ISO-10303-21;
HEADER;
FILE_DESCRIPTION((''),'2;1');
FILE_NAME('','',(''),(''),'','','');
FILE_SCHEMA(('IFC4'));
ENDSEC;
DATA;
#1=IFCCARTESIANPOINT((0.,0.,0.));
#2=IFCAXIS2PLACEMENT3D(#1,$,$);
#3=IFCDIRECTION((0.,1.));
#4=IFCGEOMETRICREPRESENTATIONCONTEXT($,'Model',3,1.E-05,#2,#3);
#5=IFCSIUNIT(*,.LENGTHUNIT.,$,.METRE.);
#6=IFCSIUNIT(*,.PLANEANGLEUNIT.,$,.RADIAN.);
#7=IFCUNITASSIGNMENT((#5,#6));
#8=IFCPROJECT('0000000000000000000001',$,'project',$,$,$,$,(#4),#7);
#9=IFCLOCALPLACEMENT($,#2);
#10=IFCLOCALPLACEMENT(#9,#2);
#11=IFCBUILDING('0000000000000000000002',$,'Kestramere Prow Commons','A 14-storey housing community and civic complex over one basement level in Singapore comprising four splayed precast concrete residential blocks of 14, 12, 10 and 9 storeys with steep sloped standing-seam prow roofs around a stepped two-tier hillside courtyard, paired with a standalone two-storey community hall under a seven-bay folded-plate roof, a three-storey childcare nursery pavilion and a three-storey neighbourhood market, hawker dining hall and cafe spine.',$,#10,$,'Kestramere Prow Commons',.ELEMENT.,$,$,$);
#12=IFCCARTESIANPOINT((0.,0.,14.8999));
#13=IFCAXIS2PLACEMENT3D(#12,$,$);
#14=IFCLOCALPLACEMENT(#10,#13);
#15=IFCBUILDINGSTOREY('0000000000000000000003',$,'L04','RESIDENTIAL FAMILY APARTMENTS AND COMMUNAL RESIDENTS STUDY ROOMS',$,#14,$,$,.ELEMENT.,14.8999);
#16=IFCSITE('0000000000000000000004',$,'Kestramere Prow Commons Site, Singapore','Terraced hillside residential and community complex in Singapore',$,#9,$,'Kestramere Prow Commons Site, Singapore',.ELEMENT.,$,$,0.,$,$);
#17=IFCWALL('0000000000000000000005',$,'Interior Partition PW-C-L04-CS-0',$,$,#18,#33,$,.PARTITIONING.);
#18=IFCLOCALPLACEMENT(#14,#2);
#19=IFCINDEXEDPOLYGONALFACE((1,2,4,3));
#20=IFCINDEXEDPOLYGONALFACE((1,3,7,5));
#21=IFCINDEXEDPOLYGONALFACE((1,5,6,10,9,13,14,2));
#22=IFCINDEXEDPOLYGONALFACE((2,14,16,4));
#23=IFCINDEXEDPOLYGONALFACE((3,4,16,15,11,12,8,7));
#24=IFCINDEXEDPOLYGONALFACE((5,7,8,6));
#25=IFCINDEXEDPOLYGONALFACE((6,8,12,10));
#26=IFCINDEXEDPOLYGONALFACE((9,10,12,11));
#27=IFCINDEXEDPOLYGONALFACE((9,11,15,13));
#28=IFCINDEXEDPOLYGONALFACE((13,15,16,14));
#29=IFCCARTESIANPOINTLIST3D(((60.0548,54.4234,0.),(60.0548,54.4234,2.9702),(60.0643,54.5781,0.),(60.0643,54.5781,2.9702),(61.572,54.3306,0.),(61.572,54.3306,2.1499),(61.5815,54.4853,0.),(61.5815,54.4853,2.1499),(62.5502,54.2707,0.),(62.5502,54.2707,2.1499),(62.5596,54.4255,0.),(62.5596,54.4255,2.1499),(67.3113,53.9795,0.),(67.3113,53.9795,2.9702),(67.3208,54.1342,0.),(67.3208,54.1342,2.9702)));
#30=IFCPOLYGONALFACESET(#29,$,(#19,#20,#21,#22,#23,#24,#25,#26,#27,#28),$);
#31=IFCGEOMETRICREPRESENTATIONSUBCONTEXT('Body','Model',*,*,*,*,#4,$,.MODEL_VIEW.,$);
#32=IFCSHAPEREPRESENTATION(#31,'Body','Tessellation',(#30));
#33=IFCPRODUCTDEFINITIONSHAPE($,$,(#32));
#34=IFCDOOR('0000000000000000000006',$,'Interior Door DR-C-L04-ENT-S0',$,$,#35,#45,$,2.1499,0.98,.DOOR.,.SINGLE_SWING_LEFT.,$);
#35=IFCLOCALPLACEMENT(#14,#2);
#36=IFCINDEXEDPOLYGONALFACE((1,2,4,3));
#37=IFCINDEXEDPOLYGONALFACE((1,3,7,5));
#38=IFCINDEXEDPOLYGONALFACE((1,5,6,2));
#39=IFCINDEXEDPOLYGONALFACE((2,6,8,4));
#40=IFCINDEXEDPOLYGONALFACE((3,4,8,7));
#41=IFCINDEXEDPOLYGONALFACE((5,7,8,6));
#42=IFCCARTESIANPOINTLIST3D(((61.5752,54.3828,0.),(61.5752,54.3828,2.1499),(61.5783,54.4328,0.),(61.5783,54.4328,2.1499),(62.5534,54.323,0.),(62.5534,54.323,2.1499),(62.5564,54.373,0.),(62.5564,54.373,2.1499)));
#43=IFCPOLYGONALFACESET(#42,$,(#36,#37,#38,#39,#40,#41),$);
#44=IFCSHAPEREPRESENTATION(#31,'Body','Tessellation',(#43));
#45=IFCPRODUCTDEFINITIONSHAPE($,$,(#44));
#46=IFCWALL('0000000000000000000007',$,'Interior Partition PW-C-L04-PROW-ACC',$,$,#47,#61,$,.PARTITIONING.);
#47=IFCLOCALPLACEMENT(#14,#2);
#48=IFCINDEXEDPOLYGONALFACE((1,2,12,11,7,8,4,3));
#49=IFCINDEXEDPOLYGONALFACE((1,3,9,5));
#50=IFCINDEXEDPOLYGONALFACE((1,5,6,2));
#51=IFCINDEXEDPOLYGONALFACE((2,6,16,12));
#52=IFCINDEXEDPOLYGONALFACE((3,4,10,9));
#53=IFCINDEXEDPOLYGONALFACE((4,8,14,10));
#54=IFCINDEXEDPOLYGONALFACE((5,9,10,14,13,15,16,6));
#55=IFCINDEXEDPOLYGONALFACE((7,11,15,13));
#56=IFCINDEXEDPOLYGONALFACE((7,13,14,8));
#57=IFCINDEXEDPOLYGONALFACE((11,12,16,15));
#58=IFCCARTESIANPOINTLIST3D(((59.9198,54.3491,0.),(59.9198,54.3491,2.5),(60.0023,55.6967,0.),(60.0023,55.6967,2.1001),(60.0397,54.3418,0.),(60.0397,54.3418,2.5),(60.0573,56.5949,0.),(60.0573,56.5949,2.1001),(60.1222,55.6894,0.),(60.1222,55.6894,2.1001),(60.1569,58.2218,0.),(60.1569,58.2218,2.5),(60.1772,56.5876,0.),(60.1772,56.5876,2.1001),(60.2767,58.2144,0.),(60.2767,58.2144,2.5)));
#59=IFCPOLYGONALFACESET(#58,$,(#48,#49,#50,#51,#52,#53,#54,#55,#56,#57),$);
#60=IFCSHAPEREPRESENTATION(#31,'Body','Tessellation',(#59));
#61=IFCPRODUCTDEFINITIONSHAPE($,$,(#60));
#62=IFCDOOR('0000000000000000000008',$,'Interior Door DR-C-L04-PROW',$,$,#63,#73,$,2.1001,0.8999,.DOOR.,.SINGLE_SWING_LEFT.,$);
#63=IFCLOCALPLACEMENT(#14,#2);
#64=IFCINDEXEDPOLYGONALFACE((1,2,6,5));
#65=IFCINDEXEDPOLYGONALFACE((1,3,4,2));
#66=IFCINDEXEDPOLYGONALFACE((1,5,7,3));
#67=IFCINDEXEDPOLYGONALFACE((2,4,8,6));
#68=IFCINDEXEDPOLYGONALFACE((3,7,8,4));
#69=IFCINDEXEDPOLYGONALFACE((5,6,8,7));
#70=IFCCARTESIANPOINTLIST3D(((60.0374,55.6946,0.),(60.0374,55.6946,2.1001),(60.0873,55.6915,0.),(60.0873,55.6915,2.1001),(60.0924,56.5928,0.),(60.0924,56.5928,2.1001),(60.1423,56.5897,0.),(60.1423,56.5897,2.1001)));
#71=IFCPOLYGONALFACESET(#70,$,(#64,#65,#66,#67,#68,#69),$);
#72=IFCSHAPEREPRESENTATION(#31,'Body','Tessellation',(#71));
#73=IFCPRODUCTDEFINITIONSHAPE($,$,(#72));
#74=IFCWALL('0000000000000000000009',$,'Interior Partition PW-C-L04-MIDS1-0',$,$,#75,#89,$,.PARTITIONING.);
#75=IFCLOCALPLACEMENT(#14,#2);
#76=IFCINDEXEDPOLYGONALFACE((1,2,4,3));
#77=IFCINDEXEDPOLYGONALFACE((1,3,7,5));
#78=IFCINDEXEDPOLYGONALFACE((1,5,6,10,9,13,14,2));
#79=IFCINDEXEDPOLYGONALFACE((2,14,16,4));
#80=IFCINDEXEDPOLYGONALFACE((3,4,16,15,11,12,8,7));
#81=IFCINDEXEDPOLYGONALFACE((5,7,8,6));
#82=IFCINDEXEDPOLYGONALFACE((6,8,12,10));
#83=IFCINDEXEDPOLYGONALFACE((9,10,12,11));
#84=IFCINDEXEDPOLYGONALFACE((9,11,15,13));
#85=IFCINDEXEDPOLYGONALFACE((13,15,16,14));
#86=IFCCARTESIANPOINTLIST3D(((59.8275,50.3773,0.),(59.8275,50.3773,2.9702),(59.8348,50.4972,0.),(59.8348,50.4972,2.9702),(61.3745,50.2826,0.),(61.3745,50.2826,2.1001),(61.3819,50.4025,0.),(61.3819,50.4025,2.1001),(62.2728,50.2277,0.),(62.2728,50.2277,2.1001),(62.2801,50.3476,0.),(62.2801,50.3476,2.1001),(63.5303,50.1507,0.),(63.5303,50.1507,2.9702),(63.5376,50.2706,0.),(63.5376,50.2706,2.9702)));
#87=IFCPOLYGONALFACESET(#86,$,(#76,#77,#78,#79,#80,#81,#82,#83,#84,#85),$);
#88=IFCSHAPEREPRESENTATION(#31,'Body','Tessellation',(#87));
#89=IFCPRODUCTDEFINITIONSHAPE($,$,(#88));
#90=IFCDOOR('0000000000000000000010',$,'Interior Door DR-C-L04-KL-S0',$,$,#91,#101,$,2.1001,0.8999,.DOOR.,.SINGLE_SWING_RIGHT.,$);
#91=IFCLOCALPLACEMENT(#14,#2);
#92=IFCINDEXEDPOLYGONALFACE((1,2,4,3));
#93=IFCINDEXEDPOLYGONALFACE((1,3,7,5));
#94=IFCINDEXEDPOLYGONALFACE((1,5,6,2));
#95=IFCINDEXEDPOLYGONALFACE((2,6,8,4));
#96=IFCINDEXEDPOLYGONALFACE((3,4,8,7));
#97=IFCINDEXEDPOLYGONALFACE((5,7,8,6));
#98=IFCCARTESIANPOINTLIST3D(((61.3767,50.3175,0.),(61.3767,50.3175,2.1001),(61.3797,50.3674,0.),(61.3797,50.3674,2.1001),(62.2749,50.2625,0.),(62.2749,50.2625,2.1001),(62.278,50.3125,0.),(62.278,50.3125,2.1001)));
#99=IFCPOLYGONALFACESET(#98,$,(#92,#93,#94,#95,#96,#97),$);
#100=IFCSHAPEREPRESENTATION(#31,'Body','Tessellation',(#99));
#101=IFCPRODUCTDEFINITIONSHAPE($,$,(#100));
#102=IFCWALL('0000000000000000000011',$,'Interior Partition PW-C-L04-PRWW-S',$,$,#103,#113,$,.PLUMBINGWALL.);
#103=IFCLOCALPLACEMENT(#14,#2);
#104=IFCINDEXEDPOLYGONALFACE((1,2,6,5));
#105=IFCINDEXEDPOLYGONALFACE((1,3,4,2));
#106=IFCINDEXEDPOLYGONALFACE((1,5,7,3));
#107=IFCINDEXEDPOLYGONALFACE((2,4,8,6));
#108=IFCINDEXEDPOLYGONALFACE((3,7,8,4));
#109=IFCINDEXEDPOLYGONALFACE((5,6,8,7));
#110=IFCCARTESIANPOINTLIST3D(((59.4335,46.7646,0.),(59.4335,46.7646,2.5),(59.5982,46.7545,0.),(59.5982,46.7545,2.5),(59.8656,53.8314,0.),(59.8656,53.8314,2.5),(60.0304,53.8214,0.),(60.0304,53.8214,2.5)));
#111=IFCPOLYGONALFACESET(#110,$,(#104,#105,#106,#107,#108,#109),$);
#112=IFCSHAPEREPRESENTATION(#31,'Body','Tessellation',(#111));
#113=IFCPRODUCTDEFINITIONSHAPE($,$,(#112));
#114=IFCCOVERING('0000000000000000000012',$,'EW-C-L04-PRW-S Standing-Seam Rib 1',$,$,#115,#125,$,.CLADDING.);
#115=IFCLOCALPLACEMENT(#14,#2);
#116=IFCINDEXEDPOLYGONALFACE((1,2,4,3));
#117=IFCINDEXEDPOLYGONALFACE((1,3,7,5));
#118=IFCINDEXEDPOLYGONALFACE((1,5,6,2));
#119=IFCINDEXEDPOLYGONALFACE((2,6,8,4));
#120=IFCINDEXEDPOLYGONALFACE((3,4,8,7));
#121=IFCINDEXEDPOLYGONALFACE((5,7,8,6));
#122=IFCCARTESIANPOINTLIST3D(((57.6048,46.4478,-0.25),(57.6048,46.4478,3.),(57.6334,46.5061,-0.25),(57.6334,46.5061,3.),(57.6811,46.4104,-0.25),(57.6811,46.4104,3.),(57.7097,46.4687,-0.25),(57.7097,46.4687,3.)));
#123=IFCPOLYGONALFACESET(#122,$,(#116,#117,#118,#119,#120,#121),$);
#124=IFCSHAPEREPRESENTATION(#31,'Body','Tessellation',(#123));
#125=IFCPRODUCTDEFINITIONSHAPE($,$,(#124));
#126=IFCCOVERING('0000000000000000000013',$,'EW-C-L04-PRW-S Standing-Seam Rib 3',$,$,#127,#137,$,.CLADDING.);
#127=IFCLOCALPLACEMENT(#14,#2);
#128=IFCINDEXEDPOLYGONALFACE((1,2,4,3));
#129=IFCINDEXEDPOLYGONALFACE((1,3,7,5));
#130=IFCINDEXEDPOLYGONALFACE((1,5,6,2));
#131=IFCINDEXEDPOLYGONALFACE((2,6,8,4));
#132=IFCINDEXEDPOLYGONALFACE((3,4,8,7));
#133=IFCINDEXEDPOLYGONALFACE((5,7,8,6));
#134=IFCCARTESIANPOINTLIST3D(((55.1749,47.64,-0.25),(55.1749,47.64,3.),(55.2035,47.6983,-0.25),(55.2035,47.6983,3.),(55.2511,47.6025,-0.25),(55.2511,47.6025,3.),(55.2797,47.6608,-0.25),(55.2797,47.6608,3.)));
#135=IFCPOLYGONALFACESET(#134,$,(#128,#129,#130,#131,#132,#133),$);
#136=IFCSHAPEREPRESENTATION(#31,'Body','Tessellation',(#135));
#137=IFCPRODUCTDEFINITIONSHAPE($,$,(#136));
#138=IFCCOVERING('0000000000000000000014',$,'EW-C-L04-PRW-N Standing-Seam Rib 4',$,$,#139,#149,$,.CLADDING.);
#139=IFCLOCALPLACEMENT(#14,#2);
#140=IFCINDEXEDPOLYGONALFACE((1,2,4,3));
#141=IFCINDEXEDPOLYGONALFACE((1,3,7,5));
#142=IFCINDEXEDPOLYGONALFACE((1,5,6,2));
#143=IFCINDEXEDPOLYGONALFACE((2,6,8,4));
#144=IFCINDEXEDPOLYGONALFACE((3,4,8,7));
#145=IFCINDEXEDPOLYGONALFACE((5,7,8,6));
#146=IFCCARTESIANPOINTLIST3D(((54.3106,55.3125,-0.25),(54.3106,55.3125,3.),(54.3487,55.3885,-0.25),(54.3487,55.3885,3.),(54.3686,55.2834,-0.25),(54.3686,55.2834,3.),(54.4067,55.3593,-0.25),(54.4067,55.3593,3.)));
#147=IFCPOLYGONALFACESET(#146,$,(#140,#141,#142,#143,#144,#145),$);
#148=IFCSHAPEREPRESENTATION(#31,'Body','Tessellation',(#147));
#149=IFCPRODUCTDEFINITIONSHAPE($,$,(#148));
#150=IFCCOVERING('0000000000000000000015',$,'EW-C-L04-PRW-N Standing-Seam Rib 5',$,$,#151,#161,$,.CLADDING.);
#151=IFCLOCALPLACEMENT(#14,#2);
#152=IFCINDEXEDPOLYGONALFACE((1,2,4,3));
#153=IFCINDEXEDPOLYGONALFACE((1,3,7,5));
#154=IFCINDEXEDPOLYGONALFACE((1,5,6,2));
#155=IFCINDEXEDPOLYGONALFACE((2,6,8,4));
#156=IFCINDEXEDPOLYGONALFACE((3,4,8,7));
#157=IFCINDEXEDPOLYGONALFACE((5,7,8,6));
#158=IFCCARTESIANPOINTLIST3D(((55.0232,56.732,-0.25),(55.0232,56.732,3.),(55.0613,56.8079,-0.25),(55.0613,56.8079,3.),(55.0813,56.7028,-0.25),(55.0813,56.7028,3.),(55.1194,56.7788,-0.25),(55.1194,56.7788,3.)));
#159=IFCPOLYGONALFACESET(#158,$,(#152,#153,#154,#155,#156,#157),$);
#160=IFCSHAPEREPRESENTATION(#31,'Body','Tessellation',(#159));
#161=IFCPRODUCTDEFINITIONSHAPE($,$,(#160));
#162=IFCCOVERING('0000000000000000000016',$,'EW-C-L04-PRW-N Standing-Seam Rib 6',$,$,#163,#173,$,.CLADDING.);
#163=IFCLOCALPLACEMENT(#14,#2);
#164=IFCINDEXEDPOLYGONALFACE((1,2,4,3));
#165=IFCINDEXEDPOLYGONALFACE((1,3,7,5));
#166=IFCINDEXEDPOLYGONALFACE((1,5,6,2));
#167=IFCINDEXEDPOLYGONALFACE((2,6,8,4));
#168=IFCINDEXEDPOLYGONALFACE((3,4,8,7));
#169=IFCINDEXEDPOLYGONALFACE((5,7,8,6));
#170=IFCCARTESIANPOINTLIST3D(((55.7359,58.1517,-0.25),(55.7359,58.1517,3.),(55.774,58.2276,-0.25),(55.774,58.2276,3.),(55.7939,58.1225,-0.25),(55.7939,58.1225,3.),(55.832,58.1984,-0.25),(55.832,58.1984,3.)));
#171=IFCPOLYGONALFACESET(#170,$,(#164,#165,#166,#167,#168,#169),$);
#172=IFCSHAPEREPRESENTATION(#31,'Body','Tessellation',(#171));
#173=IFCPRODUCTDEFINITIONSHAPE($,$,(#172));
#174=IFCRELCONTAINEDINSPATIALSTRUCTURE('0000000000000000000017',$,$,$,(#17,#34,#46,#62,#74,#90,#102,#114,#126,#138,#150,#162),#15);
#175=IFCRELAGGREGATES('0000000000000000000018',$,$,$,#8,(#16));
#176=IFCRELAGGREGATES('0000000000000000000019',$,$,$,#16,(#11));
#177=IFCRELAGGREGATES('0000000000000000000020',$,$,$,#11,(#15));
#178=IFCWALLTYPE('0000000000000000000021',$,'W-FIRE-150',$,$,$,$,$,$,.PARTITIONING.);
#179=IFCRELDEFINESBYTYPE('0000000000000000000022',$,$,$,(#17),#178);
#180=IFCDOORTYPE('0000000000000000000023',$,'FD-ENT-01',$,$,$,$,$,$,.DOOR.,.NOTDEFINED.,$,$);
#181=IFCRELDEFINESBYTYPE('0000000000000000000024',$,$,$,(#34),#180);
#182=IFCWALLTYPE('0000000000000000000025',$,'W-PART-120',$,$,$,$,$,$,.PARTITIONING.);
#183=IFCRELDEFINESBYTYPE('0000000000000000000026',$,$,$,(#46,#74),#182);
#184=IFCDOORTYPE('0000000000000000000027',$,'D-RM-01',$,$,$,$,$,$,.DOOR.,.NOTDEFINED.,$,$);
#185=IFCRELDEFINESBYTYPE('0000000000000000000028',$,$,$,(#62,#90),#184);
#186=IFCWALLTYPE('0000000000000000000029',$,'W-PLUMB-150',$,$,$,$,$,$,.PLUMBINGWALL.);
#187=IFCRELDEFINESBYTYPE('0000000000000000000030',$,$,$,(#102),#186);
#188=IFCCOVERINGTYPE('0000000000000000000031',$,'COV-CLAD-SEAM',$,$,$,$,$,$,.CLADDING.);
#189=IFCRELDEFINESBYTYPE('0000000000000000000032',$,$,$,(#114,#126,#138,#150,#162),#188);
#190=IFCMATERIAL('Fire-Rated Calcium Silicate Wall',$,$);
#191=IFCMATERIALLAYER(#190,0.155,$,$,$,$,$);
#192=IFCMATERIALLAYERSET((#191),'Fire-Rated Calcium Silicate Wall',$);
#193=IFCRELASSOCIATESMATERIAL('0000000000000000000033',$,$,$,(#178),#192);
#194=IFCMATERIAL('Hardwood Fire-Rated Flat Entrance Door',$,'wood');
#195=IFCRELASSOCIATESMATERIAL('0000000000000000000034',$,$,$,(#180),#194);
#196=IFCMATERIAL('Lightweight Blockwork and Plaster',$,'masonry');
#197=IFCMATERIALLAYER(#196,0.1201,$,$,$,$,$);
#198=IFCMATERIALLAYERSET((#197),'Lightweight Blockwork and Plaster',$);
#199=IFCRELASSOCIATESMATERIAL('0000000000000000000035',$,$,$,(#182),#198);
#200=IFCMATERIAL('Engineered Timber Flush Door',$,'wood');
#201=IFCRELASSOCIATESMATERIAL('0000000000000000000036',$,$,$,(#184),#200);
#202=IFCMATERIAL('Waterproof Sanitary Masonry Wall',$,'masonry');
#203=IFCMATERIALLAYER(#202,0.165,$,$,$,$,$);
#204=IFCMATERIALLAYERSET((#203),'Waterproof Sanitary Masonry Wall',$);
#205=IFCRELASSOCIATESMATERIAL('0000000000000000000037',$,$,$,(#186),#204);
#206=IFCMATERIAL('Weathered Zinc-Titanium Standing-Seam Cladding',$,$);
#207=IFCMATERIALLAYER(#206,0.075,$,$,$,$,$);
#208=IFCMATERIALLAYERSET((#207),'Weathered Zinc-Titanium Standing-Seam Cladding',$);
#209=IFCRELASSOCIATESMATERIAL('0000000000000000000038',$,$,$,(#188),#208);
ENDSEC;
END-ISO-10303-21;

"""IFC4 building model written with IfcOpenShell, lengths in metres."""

from ifc_helpers import new_model, si_unit, direction, frame, frame_2d, origin, origin_2d, place, context, subcontext, project, spatial, rectangle, extrude, material, layer, layer_set, type_object, element, fill, save


model = new_model("IFC4")

# Units and contexts
model_context = context("Model", 3, precision=1e-05, world=origin(), true_north=direction((0.0, 1.0)))
body_context = subcontext(model_context, "Body", "Model", "MODEL_VIEW")
ifc_project = project(units=[si_unit("LENGTHUNIT", "METRE"), si_unit("PLANEANGLEUNIT", "RADIAN")], contexts=[model_context])

# Site, building, storey
site_placement = place(None, origin())
site = spatial("IfcSite", under=ifc_project, at=site_placement, Name="Kestramere Prow Commons Site, Singapore", Description="Terraced hillside residential and community complex in Singapore", LongName="Kestramere Prow Commons Site, Singapore", CompositionType="ELEMENT", RefElevation=0.0)
building_placement = place(site_placement, origin())
building = spatial("IfcBuilding", under=site, at=building_placement, Name="Kestramere Prow Commons", Description="A 14-storey housing community and civic complex over one basement level in Singapore comprising four splayed precast concrete residential blocks of 14, 12, 10 and 9 storeys with steep sloped standing-seam prow roofs around a stepped two-tier hillside courtyard, paired with a standalone two-storey community hall under a seven-bay folded-plate roof, a three-storey childcare nursery pavilion and a three-storey neighbourhood market, hawker dining hall and cafe spine.", LongName="Kestramere Prow Commons", CompositionType="ELEMENT")
storey_placement = place(building_placement, frame((0.0, 0.0, 14.8999)))
storey = spatial("IfcBuildingStorey", under=building, at=storey_placement, Name="L04", Description="RESIDENTIAL FAMILY APARTMENTS AND COMMUNAL RESIDENTS STUDY ROOMS", CompositionType="ELEMENT", Elevation=14.8999)

# Shared definitions
ifc_material_1 = material(Name="Weathered Zinc-Titanium Standing-Seam Cladding")

# Walls, openings, doors
ifc_material_2 = material(Name="Fire-Rated Calcium Silicate Wall")
ifc_layer_1 = layer(ifc_material_2, 0.155)
ifc_layer_set_1 = layer_set([ifc_layer_1], Name="Fire-Rated Calcium Silicate Wall")
wall_type_1 = type_object("IfcWallType", Name="W-FIRE-150", PredefinedType="PARTITIONING", material=ifc_layer_set_1)
wall_1_placement = place(storey_placement, frame((60.0596, 54.5007, 0.0), z_axis=(0.0, 0.0, 1.0), x_axis=(0.998135, -0.061053, 0.0)))
wall_1 = element("IfcWall", 1, at=wall_1_placement, inside=storey, type_object=wall_type_1, Name="Interior Partition PW-C-L04-CS-0", PredefinedType="PARTITIONING", context=body_context, shape_type="SweptSolid", body=[
    extrude(rectangle(XDim=7.27, YDim=0.155, at=frame_2d((3.635, 0.0))), origin(), (0.0, 0.0, 1.0), 2.9702),
])
opening_1_placement = place(wall_1_placement, frame((1.52, 0.0, 0.0)))
opening_1 = element("IfcOpeningElement", 2, at=opening_1_placement, cuts=wall_1, PredefinedType="OPENING", context=body_context, shape_type="SweptSolid", body=[
    extrude(rectangle(XDim=0.98, YDim=2.1499, at=frame_2d((0.49, 1.075))), frame((0.0, 0.0925, 0.0), z_axis=(0.0, -1.0, 0.0), x_axis=(1.0, 0.0, 0.0)), (0.0, 0.0, 1.0), 0.1851),
])
ifc_material_3 = material(Name="Hardwood Fire-Rated Flat Entrance Door", Category="wood")
door_type_1 = type_object("IfcDoorType", Name="FD-ENT-01", OperationType="NOTDEFINED", PredefinedType="DOOR", material=ifc_material_3)
door_1_placement = place(opening_1_placement, origin())
door_1 = element("IfcDoor", 3, at=door_1_placement, inside=storey, type_object=door_type_1, Name="Interior Door DR-C-L04-ENT-S0", OperationType="SINGLE_SWING_LEFT", OverallHeight=2.1499, OverallWidth=0.98, PredefinedType="DOOR", context=body_context, shape_type="SweptSolid", body=[
    extrude(rectangle(XDim=0.98, YDim=2.1499, at=frame_2d((0.49, 1.075))), frame((0.0, 0.0249, 0.0), z_axis=(0.0, -1.0, 0.0), x_axis=(1.0, 0.0, 0.0)), (0.0, 0.0, 1.0), 0.05),
])
fill(opening_1, door_1)
ifc_material_4 = material(Name="Lightweight Blockwork and Plaster", Category="masonry")
ifc_layer_2 = layer(ifc_material_4, 0.1201)
ifc_layer_set_2 = layer_set([ifc_layer_2], Name="Lightweight Blockwork and Plaster")
wall_type_2 = type_object("IfcWallType", Name="W-PART-120", PredefinedType="PARTITIONING", material=ifc_layer_set_2)
wall_2_placement = place(storey_placement, frame((59.9797, 54.3455, 0.0), z_axis=(0.0, 0.0, 1.0), x_axis=(0.061101, 0.998132, 0.0)))
wall_2 = element("IfcWall", 4, at=wall_2_placement, inside=storey, type_object=wall_type_2, Name="Interior Partition PW-C-L04-PROW-ACC", PredefinedType="PARTITIONING", context=body_context, shape_type="SweptSolid", body=[
    extrude(rectangle(XDim=3.8799, YDim=0.1201, at=frame_2d((1.9399, 0.0))), origin(), (0.0, 0.0, 1.0), 2.5),
])
opening_2_placement = place(wall_2_placement, frame((1.3501, 0.0, 0.0)))
opening_2 = element("IfcOpeningElement", 5, at=opening_2_placement, cuts=wall_2, PredefinedType="OPENING", context=body_context, shape_type="SweptSolid", body=[
    extrude(rectangle(XDim=0.8999, YDim=2.1001, at=frame_2d((0.45, 1.05))), frame((0.0, 0.075, 0.0), z_axis=(0.0, -1.0, 0.0), x_axis=(1.0, 0.0, 0.0)), (0.0, 0.0, 1.0), 0.1501),
])
ifc_material_5 = material(Name="Engineered Timber Flush Door", Category="wood")
door_type_2 = type_object("IfcDoorType", Name="D-RM-01", OperationType="NOTDEFINED", PredefinedType="DOOR", material=ifc_material_5)
door_2_placement = place(opening_2_placement, origin())
door_2 = element("IfcDoor", 6, at=door_2_placement, inside=storey, type_object=door_type_2, Name="Interior Door DR-C-L04-PROW", OperationType="SINGLE_SWING_LEFT", OverallHeight=2.1001, OverallWidth=0.8999, PredefinedType="DOOR", context=body_context, shape_type="SweptSolid", body=[
    extrude(rectangle(XDim=0.8999, YDim=2.1001, at=frame_2d((0.45, 1.05))), frame((0.0, 0.0249, 0.0), z_axis=(0.0, -1.0, 0.0), x_axis=(1.0, 0.0, 0.0)), (0.0, 0.0, 1.0), 0.05),
])
fill(opening_2, door_2)
wall_3_placement = place(storey_placement, frame((59.8311, 50.4373, 0.0), z_axis=(0.0, 0.0, 1.0), x_axis=(0.998133, -0.061071, 0.0)))
wall_3 = element("IfcWall", 7, at=wall_3_placement, inside=storey, type_object=wall_type_2, Name="Interior Partition PW-C-L04-MIDS1-0", PredefinedType="PARTITIONING", context=body_context, shape_type="SweptSolid", body=[
    extrude(rectangle(XDim=3.7097, YDim=0.1201, at=frame_2d((1.855, 0.0))), origin(), (0.0, 0.0, 1.0), 2.9702),
])
opening_3_placement = place(wall_3_placement, frame((1.55, 0.0, 0.0)))
opening_3 = element("IfcOpeningElement", 8, at=opening_3_placement, cuts=wall_3, PredefinedType="OPENING", context=body_context, shape_type="SweptSolid", body=[
    extrude(rectangle(XDim=0.8999, YDim=2.1001, at=frame_2d((0.45, 1.05))), frame((0.0, 0.075, 0.0), z_axis=(0.0, -1.0, 0.0), x_axis=(1.0, 0.0, 0.0)), (0.0, 0.0, 1.0), 0.1501),
])
door_3_placement = place(opening_3_placement, origin())
door_3 = element("IfcDoor", 9, at=door_3_placement, inside=storey, type_object=door_type_2, Name="Interior Door DR-C-L04-KL-S0", OperationType="SINGLE_SWING_RIGHT", OverallHeight=2.1001, OverallWidth=0.8999, PredefinedType="DOOR", context=body_context, shape_type="SweptSolid", body=[
    extrude(rectangle(XDim=0.8999, YDim=2.1001, at=frame_2d((0.45, 1.05))), frame((0.0, 0.0249, 0.0), z_axis=(0.0, -1.0, 0.0), x_axis=(1.0, 0.0, 0.0)), (0.0, 0.0, 1.0), 0.05),
])
fill(opening_3, door_3)

# Wall
ifc_material_6 = material(Name="Waterproof Sanitary Masonry Wall", Category="masonry")
ifc_layer_3 = layer(ifc_material_6, 0.165)
ifc_layer_set_3 = layer_set([ifc_layer_3], Name="Waterproof Sanitary Masonry Wall")
wall_type_3 = type_object("IfcWallType", Name="W-PLUMB-150", PredefinedType="PLUMBINGWALL", material=ifc_layer_set_3)
wall_4_placement = place(storey_placement, frame((59.5159, 46.7595, 0.0), z_axis=(0.0, 0.0, 1.0), x_axis=(0.061034, 0.998136, 0.0)))
element("IfcWall", 10, at=wall_4_placement, inside=storey, type_object=wall_type_3, Name="Interior Partition PW-C-L04-PRWW-S", PredefinedType="PLUMBINGWALL", context=body_context, shape_type="SweptSolid", body=[
    extrude(rectangle(XDim=7.0801, YDim=0.165, at=frame_2d((3.54, 0.0))), origin(), (0.0, 0.0, 1.0), 2.5),
])

# Coverings
ifc_layer_4 = layer(ifc_material_1, 0.075)
ifc_layer_set_4 = layer_set([ifc_layer_4], Name="Weathered Zinc-Titanium Standing-Seam Cladding")
covering_type = type_object("IfcCoveringType", Name="COV-CLAD-SEAM", PredefinedType="CLADDING", material=ifc_layer_set_4)
for number, where, z_axis, x_axis, name in (
    (11, (57.6572, 46.4583, -0.25), (0.0, 0.0, 1.0), (-0.897771, 0.440463, 0.0), "EW-C-L04-PRW-S Standing-Seam Rib 1"),
    (12, (55.2273, 47.6504, -0.25), (0.0, 0.0, 1.0), (-0.897771, 0.440463, 0.0), "EW-C-L04-PRW-S Standing-Seam Rib 3"),
    (13, (54.3586, 55.3359, -0.25), (0.0, 0.0, 1.0), (0.44862, 0.893722, 0.0), "EW-C-L04-PRW-N Standing-Seam Rib 4"),
    (14, (55.0713, 56.7554, -0.25), (0.0, 0.0, 1.0), (0.44862, 0.893722, 0.0), "EW-C-L04-PRW-N Standing-Seam Rib 5"),
    (15, (55.7839, 58.175, -0.25), (0.0, 0.0, 1.0), (0.44862, 0.893722, 0.0), "EW-C-L04-PRW-N Standing-Seam Rib 6"),
):
    element("IfcCovering", number, at=place(storey_placement, frame(where, z_axis=z_axis, x_axis=x_axis)), inside=storey, type_object=covering_type, Name=name, PredefinedType="CLADDING", context=body_context, shape_type="SweptSolid", body=[
        extrude(rectangle(XDim=0.085, YDim=0.0649, at=origin_2d()), origin(), (0.0, 0.0, 1.0), 3.25),
    ])

save(model, "model.ifc")
